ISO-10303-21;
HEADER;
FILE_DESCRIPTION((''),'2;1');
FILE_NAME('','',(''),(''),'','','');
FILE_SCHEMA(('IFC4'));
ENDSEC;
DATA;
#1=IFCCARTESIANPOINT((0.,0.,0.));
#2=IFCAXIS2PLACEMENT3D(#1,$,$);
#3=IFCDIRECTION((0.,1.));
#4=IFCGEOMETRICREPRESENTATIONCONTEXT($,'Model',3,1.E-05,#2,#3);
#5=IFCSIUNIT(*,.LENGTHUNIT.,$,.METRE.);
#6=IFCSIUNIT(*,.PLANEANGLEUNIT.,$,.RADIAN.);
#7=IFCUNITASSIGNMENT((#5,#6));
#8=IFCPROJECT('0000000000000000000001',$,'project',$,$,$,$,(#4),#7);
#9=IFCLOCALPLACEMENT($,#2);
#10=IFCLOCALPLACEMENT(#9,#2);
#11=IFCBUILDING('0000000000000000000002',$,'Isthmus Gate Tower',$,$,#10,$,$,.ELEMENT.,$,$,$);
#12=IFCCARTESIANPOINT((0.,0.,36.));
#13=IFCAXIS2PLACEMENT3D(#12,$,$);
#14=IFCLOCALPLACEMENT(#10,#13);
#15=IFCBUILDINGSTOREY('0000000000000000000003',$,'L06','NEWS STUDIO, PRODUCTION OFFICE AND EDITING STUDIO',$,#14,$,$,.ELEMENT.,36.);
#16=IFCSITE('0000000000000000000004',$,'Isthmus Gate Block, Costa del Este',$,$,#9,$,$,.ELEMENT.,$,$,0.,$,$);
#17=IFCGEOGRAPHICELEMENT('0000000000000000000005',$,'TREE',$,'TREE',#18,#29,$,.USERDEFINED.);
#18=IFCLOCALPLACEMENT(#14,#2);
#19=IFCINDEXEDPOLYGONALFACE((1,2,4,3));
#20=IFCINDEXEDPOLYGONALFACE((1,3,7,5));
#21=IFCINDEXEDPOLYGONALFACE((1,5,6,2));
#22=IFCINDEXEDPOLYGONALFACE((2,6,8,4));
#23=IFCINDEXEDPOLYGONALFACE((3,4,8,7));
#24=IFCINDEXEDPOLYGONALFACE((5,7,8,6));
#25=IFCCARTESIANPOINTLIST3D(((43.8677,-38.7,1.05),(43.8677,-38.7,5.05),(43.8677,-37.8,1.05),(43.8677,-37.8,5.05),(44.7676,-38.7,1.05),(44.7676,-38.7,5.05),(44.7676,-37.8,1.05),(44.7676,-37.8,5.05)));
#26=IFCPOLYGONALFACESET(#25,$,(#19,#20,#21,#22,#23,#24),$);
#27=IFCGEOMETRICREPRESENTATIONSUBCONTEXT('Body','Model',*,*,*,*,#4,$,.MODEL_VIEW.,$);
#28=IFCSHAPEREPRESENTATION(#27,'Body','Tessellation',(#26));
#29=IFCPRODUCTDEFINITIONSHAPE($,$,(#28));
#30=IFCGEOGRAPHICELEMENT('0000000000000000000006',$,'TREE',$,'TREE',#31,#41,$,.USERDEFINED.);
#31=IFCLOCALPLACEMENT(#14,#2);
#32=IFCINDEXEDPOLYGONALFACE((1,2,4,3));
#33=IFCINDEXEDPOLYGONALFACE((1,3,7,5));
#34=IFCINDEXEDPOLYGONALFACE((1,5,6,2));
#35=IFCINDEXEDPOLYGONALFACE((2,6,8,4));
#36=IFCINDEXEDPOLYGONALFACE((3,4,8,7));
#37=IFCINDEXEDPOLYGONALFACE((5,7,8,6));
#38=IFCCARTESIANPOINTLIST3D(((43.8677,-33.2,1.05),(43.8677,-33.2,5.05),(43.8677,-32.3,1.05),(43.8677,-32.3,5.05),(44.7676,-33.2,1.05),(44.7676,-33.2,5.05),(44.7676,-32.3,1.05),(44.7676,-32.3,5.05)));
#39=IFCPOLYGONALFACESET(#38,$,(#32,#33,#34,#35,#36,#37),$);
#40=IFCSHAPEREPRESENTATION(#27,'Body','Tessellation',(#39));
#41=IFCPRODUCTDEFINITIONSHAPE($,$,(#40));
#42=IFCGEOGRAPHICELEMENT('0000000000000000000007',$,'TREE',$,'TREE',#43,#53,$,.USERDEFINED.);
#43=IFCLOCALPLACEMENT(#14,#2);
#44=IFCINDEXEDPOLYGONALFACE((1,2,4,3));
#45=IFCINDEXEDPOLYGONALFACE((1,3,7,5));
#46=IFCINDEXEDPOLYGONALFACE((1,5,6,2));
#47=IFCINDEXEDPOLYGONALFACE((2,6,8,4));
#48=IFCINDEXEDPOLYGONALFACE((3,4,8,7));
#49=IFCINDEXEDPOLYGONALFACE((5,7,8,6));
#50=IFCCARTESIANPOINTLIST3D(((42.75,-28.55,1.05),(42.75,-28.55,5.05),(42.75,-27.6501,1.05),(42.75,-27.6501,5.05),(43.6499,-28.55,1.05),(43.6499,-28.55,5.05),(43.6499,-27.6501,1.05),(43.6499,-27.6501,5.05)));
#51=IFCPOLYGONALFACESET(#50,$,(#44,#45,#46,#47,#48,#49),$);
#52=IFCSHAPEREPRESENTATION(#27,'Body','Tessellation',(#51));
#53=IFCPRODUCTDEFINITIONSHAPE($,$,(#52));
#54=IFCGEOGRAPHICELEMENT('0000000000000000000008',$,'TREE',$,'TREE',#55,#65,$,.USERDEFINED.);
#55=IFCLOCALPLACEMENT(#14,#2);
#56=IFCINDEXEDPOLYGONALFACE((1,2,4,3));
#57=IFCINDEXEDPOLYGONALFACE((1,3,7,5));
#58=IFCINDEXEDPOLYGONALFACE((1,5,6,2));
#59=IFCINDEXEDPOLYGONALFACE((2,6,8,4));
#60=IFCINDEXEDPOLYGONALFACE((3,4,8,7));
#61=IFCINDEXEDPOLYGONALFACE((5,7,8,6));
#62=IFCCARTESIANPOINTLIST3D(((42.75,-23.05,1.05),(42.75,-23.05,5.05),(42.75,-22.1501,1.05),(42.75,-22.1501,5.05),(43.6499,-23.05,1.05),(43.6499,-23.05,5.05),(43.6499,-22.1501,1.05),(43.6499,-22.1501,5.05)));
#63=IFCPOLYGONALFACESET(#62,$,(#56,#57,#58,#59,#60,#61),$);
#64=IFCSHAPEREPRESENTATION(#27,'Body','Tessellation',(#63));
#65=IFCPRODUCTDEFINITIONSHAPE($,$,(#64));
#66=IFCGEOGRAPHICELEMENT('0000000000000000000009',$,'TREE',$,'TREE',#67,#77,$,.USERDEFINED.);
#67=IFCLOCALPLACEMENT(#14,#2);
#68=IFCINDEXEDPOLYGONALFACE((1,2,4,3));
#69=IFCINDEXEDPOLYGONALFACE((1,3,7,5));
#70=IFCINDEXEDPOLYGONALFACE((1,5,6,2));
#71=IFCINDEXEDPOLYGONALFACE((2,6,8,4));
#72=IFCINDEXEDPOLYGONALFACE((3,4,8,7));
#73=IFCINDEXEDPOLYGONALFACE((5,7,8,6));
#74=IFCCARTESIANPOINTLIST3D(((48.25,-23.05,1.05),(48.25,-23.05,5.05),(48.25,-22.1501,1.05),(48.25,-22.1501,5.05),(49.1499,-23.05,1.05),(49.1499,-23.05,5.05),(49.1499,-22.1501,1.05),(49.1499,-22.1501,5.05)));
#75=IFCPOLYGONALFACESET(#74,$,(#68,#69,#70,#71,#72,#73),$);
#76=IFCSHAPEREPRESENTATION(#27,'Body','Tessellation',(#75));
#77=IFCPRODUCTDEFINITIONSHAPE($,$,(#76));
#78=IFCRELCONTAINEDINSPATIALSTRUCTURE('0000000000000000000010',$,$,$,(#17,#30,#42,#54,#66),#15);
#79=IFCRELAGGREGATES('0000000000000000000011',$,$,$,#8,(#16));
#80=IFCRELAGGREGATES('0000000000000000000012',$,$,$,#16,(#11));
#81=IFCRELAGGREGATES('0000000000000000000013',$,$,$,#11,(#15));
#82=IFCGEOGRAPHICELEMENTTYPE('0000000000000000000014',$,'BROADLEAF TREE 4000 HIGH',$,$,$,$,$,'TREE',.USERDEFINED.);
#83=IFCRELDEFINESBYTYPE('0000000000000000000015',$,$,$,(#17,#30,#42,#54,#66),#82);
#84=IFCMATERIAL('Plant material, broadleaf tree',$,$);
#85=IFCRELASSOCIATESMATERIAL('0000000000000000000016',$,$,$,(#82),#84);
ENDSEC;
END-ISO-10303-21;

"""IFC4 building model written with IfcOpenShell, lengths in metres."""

from ifc_helpers import new_model, si_unit, direction, frame, origin, origin_2d, place, context, subcontext, project, spatial, rectangle, extrude, material, type_object, element, save


model = new_model("IFC4")

# Units and contexts
model_context = context("Model", 3, precision=1e-05, world=origin(), true_north=direction((0.0, 1.0)))
body_context = subcontext(model_context, "Body", "Model", "MODEL_VIEW")
ifc_project = project(units=[si_unit("LENGTHUNIT", "METRE"), si_unit("PLANEANGLEUNIT", "RADIAN")], contexts=[model_context])

# Site, building, storey
site_placement = place(None, origin())
site = spatial("IfcSite", under=ifc_project, at=site_placement, Name="Isthmus Gate Block, Costa del Este", CompositionType="ELEMENT", RefElevation=0.0)
building_placement = place(site_placement, origin())
building = spatial("IfcBuilding", under=site, at=building_placement, Name="Isthmus Gate Tower", CompositionType="ELEMENT")
storey_placement = place(building_placement, frame((0.0, 0.0, 36.0)))
storey = spatial("IfcBuildingStorey", under=building, at=storey_placement, Name="L06", Description="NEWS STUDIO, PRODUCTION OFFICE AND EDITING STUDIO", CompositionType="ELEMENT", Elevation=36.0)

# Geographic elements
ifc_material_1 = material(Name="Plant material, broadleaf tree")
geographic_element_type = type_object("IfcGeographicElementType", Name="BROADLEAF TREE 4000 HIGH", ElementType="TREE", PredefinedType="USERDEFINED", material=ifc_material_1)
for number, where, z_axis, x_axis, name in (
    (1, (44.3176, -38.25, 1.05), (0.0, 0.0, 1.0), (1.0, 0.0, 0.0), "TREE"),
    (2, (44.3176, -32.75, 1.05), (0.0, 0.0, 1.0), (1.0, 0.0, 0.0), "TREE"),
    (3, (43.2, -28.1001, 1.05), (0.0, 0.0, 1.0), (1.0, 0.0, 0.0), "TREE"),
    (4, (43.2, -22.6001, 1.05), (0.0, 0.0, 1.0), (1.0, 0.0, 0.0), "TREE"),
    (5, (48.7, -22.6001, 1.05), (0.0, 0.0, 1.0), (1.0, 0.0, 0.0), "TREE"),
):
    element("IfcGeographicElement", number, at=place(storey_placement, frame(where, z_axis=z_axis, x_axis=x_axis)), inside=storey, type_object=geographic_element_type, Name=name, ObjectType="TREE", PredefinedType="USERDEFINED", context=body_context, shape_type="SweptSolid", body=[
        extrude(rectangle(XDim=0.8999, YDim=0.8999, at=origin_2d()), origin(), (0.0, 0.0, 1.0), 4.0),
    ])

save(model, "model.ifc")
